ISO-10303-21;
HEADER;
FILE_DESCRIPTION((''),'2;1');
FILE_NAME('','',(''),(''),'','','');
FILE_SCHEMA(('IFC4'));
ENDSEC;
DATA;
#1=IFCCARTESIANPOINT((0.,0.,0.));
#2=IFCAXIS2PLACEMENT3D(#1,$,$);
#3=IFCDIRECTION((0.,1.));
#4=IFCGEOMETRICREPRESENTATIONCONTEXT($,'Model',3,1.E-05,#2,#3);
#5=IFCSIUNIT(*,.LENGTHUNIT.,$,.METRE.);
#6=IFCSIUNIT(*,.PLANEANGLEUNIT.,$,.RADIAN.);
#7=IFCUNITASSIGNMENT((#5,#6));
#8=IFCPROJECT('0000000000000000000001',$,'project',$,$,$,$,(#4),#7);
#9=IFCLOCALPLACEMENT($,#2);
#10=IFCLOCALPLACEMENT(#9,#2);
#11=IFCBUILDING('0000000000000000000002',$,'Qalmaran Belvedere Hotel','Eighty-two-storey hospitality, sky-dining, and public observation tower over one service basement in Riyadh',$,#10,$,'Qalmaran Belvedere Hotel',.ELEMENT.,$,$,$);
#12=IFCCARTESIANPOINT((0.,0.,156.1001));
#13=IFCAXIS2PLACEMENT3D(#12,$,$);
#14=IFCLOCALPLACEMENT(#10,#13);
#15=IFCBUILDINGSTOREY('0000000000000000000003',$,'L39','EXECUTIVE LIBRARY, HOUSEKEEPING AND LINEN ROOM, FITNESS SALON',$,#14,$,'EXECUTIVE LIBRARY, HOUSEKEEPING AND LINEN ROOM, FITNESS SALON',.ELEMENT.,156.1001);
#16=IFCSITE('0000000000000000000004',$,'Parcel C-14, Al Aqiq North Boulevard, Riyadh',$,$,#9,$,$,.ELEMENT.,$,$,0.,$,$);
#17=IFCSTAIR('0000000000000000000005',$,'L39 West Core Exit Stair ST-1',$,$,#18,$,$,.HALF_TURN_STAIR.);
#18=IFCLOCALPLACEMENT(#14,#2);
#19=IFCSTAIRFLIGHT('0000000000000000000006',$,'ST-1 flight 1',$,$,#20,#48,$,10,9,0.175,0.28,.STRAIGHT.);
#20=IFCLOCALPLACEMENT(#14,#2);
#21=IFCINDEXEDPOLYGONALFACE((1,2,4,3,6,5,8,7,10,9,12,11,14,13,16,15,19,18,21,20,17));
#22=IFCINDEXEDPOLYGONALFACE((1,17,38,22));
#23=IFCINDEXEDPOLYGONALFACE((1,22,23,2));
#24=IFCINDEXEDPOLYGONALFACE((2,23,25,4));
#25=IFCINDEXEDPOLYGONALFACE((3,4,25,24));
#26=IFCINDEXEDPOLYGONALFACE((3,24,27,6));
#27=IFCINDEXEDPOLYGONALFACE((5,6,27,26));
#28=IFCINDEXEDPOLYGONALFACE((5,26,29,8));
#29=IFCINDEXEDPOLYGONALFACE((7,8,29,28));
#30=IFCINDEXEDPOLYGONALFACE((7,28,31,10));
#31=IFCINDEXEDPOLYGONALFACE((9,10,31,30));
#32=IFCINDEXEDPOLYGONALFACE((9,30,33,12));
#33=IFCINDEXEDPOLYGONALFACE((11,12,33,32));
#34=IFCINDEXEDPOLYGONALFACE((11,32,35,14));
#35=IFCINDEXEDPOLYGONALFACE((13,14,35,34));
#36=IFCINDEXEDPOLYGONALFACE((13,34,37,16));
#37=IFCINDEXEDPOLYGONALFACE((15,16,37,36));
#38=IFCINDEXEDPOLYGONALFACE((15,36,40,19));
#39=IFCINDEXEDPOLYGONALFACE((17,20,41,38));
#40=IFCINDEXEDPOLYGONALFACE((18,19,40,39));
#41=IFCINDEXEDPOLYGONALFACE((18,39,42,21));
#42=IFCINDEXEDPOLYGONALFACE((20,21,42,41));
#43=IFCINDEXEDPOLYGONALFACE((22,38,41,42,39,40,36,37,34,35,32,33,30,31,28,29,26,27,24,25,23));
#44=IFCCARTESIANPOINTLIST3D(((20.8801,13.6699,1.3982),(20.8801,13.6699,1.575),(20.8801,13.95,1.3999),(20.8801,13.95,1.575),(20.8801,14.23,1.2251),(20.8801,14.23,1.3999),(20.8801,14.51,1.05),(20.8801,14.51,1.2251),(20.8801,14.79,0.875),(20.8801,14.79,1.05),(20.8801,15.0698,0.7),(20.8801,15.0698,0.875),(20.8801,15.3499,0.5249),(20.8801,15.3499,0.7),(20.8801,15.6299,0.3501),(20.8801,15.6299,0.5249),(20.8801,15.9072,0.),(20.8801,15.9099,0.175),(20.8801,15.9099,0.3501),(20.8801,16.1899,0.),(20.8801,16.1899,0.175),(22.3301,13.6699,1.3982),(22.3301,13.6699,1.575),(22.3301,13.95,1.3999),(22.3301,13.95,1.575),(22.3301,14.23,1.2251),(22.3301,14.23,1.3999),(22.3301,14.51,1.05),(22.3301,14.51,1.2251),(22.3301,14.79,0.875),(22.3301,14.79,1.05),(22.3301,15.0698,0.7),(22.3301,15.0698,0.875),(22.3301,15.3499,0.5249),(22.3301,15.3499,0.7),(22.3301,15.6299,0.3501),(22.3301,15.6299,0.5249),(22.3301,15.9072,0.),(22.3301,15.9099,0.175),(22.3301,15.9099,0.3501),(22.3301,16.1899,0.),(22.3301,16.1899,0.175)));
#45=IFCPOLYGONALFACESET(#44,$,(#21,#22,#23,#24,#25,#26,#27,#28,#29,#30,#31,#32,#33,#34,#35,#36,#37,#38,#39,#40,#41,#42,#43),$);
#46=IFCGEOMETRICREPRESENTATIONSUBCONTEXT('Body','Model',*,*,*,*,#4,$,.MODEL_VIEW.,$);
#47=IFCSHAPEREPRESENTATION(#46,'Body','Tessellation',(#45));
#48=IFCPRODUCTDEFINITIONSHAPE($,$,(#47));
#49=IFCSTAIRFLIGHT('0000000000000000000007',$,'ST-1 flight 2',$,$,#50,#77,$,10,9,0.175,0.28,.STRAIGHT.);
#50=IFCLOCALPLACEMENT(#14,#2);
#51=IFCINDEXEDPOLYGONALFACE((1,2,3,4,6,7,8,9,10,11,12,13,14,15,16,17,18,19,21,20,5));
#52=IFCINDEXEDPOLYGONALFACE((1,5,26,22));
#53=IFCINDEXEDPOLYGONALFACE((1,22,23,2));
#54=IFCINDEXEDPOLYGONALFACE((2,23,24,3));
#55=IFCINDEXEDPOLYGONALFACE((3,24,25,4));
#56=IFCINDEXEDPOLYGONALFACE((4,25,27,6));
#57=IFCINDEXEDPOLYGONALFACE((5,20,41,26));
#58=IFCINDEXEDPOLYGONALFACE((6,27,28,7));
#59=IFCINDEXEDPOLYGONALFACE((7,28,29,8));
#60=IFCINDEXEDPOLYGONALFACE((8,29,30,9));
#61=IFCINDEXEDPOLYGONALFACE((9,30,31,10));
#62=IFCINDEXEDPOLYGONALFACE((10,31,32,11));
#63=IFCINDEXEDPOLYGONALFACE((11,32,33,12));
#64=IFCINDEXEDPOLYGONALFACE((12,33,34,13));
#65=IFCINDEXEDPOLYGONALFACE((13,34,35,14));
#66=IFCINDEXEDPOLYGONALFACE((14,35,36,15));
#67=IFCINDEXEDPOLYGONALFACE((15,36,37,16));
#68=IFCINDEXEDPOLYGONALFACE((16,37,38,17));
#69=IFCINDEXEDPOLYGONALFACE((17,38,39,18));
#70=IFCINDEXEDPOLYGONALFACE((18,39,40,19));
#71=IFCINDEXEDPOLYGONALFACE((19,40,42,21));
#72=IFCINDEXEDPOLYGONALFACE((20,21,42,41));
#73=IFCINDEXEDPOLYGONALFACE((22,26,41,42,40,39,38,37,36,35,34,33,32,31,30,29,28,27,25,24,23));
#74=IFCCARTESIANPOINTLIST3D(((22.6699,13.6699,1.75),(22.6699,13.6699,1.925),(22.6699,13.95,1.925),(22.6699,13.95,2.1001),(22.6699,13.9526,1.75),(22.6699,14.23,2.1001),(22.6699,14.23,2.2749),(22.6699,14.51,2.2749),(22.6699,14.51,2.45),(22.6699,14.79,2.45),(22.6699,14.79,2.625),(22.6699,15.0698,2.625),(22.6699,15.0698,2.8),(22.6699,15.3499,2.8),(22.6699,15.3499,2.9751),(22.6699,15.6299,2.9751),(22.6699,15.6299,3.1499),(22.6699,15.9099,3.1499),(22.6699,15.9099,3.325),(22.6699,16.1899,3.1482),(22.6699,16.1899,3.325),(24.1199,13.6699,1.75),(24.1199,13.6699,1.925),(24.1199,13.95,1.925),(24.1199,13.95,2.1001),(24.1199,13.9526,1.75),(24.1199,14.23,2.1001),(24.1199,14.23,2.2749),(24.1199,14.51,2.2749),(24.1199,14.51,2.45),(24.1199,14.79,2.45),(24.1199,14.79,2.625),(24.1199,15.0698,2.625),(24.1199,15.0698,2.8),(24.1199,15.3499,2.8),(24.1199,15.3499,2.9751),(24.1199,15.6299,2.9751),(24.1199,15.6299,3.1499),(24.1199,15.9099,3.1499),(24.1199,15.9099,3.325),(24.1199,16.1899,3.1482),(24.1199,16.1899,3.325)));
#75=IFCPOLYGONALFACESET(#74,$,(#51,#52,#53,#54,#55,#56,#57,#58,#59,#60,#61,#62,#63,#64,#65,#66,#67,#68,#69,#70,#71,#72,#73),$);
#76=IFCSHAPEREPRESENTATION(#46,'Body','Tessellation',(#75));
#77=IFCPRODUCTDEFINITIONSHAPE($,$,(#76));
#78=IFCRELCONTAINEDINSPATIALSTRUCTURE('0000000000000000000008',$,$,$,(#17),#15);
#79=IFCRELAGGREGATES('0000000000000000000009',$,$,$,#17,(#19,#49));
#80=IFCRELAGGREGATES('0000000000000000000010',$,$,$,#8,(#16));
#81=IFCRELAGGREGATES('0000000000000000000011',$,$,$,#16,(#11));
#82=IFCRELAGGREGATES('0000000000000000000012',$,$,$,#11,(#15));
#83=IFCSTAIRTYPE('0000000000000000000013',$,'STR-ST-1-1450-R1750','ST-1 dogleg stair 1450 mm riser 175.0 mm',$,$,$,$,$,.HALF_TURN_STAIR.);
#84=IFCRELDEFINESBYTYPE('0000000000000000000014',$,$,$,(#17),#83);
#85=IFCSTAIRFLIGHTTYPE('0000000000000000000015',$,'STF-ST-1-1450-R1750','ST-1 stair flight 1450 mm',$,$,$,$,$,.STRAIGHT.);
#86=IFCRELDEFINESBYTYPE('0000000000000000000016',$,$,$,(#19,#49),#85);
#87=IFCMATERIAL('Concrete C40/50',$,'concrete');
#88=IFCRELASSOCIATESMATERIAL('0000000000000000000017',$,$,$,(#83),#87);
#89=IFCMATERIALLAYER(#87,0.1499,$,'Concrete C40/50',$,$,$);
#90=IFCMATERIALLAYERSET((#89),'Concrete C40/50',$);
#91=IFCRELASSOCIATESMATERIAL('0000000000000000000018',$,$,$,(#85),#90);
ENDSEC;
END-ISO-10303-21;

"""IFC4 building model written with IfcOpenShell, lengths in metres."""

from ifc_helpers import new_model, si_unit, direction, frame, origin, place, context, subcontext, project, spatial, polyline, outline, extrude, material, layer, layer_set, type_object, element, aggregate, save


model = new_model("IFC4")

# Units and contexts
model_context = context("Model", 3, precision=1e-05, world=origin(), true_north=direction((0.0, 1.0)))
body_context = subcontext(model_context, "Body", "Model", "MODEL_VIEW")
ifc_project = project(units=[si_unit("LENGTHUNIT", "METRE"), si_unit("PLANEANGLEUNIT", "RADIAN")], contexts=[model_context])

# Site, building, storey
site_placement = place(None, origin())
site = spatial("IfcSite", under=ifc_project, at=site_placement, Name="Parcel C-14, Al Aqiq North Boulevard, Riyadh", CompositionType="ELEMENT", RefElevation=0.0)
building_placement = place(site_placement, origin())
building = spatial("IfcBuilding", under=site, at=building_placement, Name="Qalmaran Belvedere Hotel", Description="Eighty-two-storey hospitality, sky-dining, and public observation tower over one service basement in Riyadh", LongName="Qalmaran Belvedere Hotel", CompositionType="ELEMENT")
storey_placement = place(building_placement, frame((0.0, 0.0, 156.1001)))
storey = spatial("IfcBuildingStorey", under=building, at=storey_placement, Name="L39", Description="EXECUTIVE LIBRARY, HOUSEKEEPING AND LINEN ROOM, FITNESS SALON", LongName="EXECUTIVE LIBRARY, HOUSEKEEPING AND LINEN ROOM, FITNESS SALON", CompositionType="ELEMENT", Elevation=156.1001)

# Stair, stair flights
ifc_material_1 = material(Name="Concrete C40/50", Category="concrete")
stair_type = type_object("IfcStairType", Name="STR-ST-1-1450-R1750", Description="ST-1 dogleg stair 1450 mm riser 175.0 mm", PredefinedType="HALF_TURN_STAIR", material=ifc_material_1)
stair_placement = place(storey_placement, origin())
stair = element("IfcStair", 1, at=stair_placement, inside=storey, type_object=stair_type, Name="L39 West Core Exit Stair ST-1", PredefinedType="HALF_TURN_STAIR")
ifc_layer_1 = layer(ifc_material_1, 0.1499, Name="Concrete C40/50")
ifc_layer_set_1 = layer_set([ifc_layer_1], Name="Concrete C40/50")
stair_flight_type = type_object("IfcStairFlightType", Name="STF-ST-1-1450-R1750", Description="ST-1 stair flight 1450 mm", PredefinedType="STRAIGHT", material=ifc_layer_set_1)
stair_flight_1_placement = place(storey_placement, frame((21.605, 16.1899, 0.0), z_axis=(0.0, 0.0, 1.0), x_axis=(0.0, -1.0, 0.0)))
stair_flight_1 = element("IfcStairFlight", 2, at=stair_flight_1_placement, type_object=stair_flight_type, Name="ST-1 flight 1", NumberOfRisers=10, NumberOfTreads=9, PredefinedType="STRAIGHT", RiserHeight=0.175, TreadLength=0.28, context=body_context, shape_type="SweptSolid", body=[
    extrude(outline(polyline([(0.0, 0.0), (0.0, 0.175), (0.28, 0.175), (0.28, 0.3501), (0.5601, 0.3501), (0.5601, 0.5249), (0.8401, 0.5249), (0.8401, 0.7), (1.1201, 0.7), (1.1201, 0.875), (1.3999, 0.875), (1.3999, 1.05), (1.6799, 1.05), (1.6799, 1.2251), (1.96, 1.2251), (1.96, 1.3999), (2.24, 1.3999), (2.24, 1.575), (2.52, 1.575), (2.52, 1.75), (2.52, 1.3982), (0.2827, 0.0), (0.0, 0.0)])), frame((0.0, 0.7251, 0.0), z_axis=(0.0, -1.0, 0.0), x_axis=(1.0, 0.0, 0.0)), (0.0, 0.0, 1.0), 1.45),
])
stair_flight_2_placement = place(storey_placement, frame((23.395, 13.6699, 1.75), z_axis=(0.0, 0.0, 1.0), x_axis=(0.0, 1.0, 0.0)))
stair_flight_2 = element("IfcStairFlight", 3, at=stair_flight_2_placement, type_object=stair_flight_type, Name="ST-1 flight 2", NumberOfRisers=10, NumberOfTreads=9, PredefinedType="STRAIGHT", RiserHeight=0.175, TreadLength=0.28, context=body_context, shape_type="SweptSolid", body=[
    extrude(outline(polyline([(0.0, 0.0), (0.0, 0.175), (0.28, 0.175), (0.28, 0.3501), (0.5601, 0.3501), (0.5601, 0.5249), (0.8401, 0.5249), (0.8401, 0.7), (1.1201, 0.7), (1.1201, 0.875), (1.3999, 0.875), (1.3999, 1.05), (1.6799, 1.05), (1.6799, 1.2251), (1.96, 1.2251), (1.96, 1.3999), (2.24, 1.3999), (2.24, 1.575), (2.52, 1.575), (2.52, 1.75), (2.52, 1.3982), (0.2827, 0.0), (0.0, 0.0)])), frame((0.0, 0.7251, 0.0), z_axis=(0.0, -1.0, 0.0), x_axis=(1.0, 0.0, 0.0)), (0.0, 0.0, 1.0), 1.45),
])
aggregate(stair, [stair_flight_1, stair_flight_2])

save(model, "model.ifc")
